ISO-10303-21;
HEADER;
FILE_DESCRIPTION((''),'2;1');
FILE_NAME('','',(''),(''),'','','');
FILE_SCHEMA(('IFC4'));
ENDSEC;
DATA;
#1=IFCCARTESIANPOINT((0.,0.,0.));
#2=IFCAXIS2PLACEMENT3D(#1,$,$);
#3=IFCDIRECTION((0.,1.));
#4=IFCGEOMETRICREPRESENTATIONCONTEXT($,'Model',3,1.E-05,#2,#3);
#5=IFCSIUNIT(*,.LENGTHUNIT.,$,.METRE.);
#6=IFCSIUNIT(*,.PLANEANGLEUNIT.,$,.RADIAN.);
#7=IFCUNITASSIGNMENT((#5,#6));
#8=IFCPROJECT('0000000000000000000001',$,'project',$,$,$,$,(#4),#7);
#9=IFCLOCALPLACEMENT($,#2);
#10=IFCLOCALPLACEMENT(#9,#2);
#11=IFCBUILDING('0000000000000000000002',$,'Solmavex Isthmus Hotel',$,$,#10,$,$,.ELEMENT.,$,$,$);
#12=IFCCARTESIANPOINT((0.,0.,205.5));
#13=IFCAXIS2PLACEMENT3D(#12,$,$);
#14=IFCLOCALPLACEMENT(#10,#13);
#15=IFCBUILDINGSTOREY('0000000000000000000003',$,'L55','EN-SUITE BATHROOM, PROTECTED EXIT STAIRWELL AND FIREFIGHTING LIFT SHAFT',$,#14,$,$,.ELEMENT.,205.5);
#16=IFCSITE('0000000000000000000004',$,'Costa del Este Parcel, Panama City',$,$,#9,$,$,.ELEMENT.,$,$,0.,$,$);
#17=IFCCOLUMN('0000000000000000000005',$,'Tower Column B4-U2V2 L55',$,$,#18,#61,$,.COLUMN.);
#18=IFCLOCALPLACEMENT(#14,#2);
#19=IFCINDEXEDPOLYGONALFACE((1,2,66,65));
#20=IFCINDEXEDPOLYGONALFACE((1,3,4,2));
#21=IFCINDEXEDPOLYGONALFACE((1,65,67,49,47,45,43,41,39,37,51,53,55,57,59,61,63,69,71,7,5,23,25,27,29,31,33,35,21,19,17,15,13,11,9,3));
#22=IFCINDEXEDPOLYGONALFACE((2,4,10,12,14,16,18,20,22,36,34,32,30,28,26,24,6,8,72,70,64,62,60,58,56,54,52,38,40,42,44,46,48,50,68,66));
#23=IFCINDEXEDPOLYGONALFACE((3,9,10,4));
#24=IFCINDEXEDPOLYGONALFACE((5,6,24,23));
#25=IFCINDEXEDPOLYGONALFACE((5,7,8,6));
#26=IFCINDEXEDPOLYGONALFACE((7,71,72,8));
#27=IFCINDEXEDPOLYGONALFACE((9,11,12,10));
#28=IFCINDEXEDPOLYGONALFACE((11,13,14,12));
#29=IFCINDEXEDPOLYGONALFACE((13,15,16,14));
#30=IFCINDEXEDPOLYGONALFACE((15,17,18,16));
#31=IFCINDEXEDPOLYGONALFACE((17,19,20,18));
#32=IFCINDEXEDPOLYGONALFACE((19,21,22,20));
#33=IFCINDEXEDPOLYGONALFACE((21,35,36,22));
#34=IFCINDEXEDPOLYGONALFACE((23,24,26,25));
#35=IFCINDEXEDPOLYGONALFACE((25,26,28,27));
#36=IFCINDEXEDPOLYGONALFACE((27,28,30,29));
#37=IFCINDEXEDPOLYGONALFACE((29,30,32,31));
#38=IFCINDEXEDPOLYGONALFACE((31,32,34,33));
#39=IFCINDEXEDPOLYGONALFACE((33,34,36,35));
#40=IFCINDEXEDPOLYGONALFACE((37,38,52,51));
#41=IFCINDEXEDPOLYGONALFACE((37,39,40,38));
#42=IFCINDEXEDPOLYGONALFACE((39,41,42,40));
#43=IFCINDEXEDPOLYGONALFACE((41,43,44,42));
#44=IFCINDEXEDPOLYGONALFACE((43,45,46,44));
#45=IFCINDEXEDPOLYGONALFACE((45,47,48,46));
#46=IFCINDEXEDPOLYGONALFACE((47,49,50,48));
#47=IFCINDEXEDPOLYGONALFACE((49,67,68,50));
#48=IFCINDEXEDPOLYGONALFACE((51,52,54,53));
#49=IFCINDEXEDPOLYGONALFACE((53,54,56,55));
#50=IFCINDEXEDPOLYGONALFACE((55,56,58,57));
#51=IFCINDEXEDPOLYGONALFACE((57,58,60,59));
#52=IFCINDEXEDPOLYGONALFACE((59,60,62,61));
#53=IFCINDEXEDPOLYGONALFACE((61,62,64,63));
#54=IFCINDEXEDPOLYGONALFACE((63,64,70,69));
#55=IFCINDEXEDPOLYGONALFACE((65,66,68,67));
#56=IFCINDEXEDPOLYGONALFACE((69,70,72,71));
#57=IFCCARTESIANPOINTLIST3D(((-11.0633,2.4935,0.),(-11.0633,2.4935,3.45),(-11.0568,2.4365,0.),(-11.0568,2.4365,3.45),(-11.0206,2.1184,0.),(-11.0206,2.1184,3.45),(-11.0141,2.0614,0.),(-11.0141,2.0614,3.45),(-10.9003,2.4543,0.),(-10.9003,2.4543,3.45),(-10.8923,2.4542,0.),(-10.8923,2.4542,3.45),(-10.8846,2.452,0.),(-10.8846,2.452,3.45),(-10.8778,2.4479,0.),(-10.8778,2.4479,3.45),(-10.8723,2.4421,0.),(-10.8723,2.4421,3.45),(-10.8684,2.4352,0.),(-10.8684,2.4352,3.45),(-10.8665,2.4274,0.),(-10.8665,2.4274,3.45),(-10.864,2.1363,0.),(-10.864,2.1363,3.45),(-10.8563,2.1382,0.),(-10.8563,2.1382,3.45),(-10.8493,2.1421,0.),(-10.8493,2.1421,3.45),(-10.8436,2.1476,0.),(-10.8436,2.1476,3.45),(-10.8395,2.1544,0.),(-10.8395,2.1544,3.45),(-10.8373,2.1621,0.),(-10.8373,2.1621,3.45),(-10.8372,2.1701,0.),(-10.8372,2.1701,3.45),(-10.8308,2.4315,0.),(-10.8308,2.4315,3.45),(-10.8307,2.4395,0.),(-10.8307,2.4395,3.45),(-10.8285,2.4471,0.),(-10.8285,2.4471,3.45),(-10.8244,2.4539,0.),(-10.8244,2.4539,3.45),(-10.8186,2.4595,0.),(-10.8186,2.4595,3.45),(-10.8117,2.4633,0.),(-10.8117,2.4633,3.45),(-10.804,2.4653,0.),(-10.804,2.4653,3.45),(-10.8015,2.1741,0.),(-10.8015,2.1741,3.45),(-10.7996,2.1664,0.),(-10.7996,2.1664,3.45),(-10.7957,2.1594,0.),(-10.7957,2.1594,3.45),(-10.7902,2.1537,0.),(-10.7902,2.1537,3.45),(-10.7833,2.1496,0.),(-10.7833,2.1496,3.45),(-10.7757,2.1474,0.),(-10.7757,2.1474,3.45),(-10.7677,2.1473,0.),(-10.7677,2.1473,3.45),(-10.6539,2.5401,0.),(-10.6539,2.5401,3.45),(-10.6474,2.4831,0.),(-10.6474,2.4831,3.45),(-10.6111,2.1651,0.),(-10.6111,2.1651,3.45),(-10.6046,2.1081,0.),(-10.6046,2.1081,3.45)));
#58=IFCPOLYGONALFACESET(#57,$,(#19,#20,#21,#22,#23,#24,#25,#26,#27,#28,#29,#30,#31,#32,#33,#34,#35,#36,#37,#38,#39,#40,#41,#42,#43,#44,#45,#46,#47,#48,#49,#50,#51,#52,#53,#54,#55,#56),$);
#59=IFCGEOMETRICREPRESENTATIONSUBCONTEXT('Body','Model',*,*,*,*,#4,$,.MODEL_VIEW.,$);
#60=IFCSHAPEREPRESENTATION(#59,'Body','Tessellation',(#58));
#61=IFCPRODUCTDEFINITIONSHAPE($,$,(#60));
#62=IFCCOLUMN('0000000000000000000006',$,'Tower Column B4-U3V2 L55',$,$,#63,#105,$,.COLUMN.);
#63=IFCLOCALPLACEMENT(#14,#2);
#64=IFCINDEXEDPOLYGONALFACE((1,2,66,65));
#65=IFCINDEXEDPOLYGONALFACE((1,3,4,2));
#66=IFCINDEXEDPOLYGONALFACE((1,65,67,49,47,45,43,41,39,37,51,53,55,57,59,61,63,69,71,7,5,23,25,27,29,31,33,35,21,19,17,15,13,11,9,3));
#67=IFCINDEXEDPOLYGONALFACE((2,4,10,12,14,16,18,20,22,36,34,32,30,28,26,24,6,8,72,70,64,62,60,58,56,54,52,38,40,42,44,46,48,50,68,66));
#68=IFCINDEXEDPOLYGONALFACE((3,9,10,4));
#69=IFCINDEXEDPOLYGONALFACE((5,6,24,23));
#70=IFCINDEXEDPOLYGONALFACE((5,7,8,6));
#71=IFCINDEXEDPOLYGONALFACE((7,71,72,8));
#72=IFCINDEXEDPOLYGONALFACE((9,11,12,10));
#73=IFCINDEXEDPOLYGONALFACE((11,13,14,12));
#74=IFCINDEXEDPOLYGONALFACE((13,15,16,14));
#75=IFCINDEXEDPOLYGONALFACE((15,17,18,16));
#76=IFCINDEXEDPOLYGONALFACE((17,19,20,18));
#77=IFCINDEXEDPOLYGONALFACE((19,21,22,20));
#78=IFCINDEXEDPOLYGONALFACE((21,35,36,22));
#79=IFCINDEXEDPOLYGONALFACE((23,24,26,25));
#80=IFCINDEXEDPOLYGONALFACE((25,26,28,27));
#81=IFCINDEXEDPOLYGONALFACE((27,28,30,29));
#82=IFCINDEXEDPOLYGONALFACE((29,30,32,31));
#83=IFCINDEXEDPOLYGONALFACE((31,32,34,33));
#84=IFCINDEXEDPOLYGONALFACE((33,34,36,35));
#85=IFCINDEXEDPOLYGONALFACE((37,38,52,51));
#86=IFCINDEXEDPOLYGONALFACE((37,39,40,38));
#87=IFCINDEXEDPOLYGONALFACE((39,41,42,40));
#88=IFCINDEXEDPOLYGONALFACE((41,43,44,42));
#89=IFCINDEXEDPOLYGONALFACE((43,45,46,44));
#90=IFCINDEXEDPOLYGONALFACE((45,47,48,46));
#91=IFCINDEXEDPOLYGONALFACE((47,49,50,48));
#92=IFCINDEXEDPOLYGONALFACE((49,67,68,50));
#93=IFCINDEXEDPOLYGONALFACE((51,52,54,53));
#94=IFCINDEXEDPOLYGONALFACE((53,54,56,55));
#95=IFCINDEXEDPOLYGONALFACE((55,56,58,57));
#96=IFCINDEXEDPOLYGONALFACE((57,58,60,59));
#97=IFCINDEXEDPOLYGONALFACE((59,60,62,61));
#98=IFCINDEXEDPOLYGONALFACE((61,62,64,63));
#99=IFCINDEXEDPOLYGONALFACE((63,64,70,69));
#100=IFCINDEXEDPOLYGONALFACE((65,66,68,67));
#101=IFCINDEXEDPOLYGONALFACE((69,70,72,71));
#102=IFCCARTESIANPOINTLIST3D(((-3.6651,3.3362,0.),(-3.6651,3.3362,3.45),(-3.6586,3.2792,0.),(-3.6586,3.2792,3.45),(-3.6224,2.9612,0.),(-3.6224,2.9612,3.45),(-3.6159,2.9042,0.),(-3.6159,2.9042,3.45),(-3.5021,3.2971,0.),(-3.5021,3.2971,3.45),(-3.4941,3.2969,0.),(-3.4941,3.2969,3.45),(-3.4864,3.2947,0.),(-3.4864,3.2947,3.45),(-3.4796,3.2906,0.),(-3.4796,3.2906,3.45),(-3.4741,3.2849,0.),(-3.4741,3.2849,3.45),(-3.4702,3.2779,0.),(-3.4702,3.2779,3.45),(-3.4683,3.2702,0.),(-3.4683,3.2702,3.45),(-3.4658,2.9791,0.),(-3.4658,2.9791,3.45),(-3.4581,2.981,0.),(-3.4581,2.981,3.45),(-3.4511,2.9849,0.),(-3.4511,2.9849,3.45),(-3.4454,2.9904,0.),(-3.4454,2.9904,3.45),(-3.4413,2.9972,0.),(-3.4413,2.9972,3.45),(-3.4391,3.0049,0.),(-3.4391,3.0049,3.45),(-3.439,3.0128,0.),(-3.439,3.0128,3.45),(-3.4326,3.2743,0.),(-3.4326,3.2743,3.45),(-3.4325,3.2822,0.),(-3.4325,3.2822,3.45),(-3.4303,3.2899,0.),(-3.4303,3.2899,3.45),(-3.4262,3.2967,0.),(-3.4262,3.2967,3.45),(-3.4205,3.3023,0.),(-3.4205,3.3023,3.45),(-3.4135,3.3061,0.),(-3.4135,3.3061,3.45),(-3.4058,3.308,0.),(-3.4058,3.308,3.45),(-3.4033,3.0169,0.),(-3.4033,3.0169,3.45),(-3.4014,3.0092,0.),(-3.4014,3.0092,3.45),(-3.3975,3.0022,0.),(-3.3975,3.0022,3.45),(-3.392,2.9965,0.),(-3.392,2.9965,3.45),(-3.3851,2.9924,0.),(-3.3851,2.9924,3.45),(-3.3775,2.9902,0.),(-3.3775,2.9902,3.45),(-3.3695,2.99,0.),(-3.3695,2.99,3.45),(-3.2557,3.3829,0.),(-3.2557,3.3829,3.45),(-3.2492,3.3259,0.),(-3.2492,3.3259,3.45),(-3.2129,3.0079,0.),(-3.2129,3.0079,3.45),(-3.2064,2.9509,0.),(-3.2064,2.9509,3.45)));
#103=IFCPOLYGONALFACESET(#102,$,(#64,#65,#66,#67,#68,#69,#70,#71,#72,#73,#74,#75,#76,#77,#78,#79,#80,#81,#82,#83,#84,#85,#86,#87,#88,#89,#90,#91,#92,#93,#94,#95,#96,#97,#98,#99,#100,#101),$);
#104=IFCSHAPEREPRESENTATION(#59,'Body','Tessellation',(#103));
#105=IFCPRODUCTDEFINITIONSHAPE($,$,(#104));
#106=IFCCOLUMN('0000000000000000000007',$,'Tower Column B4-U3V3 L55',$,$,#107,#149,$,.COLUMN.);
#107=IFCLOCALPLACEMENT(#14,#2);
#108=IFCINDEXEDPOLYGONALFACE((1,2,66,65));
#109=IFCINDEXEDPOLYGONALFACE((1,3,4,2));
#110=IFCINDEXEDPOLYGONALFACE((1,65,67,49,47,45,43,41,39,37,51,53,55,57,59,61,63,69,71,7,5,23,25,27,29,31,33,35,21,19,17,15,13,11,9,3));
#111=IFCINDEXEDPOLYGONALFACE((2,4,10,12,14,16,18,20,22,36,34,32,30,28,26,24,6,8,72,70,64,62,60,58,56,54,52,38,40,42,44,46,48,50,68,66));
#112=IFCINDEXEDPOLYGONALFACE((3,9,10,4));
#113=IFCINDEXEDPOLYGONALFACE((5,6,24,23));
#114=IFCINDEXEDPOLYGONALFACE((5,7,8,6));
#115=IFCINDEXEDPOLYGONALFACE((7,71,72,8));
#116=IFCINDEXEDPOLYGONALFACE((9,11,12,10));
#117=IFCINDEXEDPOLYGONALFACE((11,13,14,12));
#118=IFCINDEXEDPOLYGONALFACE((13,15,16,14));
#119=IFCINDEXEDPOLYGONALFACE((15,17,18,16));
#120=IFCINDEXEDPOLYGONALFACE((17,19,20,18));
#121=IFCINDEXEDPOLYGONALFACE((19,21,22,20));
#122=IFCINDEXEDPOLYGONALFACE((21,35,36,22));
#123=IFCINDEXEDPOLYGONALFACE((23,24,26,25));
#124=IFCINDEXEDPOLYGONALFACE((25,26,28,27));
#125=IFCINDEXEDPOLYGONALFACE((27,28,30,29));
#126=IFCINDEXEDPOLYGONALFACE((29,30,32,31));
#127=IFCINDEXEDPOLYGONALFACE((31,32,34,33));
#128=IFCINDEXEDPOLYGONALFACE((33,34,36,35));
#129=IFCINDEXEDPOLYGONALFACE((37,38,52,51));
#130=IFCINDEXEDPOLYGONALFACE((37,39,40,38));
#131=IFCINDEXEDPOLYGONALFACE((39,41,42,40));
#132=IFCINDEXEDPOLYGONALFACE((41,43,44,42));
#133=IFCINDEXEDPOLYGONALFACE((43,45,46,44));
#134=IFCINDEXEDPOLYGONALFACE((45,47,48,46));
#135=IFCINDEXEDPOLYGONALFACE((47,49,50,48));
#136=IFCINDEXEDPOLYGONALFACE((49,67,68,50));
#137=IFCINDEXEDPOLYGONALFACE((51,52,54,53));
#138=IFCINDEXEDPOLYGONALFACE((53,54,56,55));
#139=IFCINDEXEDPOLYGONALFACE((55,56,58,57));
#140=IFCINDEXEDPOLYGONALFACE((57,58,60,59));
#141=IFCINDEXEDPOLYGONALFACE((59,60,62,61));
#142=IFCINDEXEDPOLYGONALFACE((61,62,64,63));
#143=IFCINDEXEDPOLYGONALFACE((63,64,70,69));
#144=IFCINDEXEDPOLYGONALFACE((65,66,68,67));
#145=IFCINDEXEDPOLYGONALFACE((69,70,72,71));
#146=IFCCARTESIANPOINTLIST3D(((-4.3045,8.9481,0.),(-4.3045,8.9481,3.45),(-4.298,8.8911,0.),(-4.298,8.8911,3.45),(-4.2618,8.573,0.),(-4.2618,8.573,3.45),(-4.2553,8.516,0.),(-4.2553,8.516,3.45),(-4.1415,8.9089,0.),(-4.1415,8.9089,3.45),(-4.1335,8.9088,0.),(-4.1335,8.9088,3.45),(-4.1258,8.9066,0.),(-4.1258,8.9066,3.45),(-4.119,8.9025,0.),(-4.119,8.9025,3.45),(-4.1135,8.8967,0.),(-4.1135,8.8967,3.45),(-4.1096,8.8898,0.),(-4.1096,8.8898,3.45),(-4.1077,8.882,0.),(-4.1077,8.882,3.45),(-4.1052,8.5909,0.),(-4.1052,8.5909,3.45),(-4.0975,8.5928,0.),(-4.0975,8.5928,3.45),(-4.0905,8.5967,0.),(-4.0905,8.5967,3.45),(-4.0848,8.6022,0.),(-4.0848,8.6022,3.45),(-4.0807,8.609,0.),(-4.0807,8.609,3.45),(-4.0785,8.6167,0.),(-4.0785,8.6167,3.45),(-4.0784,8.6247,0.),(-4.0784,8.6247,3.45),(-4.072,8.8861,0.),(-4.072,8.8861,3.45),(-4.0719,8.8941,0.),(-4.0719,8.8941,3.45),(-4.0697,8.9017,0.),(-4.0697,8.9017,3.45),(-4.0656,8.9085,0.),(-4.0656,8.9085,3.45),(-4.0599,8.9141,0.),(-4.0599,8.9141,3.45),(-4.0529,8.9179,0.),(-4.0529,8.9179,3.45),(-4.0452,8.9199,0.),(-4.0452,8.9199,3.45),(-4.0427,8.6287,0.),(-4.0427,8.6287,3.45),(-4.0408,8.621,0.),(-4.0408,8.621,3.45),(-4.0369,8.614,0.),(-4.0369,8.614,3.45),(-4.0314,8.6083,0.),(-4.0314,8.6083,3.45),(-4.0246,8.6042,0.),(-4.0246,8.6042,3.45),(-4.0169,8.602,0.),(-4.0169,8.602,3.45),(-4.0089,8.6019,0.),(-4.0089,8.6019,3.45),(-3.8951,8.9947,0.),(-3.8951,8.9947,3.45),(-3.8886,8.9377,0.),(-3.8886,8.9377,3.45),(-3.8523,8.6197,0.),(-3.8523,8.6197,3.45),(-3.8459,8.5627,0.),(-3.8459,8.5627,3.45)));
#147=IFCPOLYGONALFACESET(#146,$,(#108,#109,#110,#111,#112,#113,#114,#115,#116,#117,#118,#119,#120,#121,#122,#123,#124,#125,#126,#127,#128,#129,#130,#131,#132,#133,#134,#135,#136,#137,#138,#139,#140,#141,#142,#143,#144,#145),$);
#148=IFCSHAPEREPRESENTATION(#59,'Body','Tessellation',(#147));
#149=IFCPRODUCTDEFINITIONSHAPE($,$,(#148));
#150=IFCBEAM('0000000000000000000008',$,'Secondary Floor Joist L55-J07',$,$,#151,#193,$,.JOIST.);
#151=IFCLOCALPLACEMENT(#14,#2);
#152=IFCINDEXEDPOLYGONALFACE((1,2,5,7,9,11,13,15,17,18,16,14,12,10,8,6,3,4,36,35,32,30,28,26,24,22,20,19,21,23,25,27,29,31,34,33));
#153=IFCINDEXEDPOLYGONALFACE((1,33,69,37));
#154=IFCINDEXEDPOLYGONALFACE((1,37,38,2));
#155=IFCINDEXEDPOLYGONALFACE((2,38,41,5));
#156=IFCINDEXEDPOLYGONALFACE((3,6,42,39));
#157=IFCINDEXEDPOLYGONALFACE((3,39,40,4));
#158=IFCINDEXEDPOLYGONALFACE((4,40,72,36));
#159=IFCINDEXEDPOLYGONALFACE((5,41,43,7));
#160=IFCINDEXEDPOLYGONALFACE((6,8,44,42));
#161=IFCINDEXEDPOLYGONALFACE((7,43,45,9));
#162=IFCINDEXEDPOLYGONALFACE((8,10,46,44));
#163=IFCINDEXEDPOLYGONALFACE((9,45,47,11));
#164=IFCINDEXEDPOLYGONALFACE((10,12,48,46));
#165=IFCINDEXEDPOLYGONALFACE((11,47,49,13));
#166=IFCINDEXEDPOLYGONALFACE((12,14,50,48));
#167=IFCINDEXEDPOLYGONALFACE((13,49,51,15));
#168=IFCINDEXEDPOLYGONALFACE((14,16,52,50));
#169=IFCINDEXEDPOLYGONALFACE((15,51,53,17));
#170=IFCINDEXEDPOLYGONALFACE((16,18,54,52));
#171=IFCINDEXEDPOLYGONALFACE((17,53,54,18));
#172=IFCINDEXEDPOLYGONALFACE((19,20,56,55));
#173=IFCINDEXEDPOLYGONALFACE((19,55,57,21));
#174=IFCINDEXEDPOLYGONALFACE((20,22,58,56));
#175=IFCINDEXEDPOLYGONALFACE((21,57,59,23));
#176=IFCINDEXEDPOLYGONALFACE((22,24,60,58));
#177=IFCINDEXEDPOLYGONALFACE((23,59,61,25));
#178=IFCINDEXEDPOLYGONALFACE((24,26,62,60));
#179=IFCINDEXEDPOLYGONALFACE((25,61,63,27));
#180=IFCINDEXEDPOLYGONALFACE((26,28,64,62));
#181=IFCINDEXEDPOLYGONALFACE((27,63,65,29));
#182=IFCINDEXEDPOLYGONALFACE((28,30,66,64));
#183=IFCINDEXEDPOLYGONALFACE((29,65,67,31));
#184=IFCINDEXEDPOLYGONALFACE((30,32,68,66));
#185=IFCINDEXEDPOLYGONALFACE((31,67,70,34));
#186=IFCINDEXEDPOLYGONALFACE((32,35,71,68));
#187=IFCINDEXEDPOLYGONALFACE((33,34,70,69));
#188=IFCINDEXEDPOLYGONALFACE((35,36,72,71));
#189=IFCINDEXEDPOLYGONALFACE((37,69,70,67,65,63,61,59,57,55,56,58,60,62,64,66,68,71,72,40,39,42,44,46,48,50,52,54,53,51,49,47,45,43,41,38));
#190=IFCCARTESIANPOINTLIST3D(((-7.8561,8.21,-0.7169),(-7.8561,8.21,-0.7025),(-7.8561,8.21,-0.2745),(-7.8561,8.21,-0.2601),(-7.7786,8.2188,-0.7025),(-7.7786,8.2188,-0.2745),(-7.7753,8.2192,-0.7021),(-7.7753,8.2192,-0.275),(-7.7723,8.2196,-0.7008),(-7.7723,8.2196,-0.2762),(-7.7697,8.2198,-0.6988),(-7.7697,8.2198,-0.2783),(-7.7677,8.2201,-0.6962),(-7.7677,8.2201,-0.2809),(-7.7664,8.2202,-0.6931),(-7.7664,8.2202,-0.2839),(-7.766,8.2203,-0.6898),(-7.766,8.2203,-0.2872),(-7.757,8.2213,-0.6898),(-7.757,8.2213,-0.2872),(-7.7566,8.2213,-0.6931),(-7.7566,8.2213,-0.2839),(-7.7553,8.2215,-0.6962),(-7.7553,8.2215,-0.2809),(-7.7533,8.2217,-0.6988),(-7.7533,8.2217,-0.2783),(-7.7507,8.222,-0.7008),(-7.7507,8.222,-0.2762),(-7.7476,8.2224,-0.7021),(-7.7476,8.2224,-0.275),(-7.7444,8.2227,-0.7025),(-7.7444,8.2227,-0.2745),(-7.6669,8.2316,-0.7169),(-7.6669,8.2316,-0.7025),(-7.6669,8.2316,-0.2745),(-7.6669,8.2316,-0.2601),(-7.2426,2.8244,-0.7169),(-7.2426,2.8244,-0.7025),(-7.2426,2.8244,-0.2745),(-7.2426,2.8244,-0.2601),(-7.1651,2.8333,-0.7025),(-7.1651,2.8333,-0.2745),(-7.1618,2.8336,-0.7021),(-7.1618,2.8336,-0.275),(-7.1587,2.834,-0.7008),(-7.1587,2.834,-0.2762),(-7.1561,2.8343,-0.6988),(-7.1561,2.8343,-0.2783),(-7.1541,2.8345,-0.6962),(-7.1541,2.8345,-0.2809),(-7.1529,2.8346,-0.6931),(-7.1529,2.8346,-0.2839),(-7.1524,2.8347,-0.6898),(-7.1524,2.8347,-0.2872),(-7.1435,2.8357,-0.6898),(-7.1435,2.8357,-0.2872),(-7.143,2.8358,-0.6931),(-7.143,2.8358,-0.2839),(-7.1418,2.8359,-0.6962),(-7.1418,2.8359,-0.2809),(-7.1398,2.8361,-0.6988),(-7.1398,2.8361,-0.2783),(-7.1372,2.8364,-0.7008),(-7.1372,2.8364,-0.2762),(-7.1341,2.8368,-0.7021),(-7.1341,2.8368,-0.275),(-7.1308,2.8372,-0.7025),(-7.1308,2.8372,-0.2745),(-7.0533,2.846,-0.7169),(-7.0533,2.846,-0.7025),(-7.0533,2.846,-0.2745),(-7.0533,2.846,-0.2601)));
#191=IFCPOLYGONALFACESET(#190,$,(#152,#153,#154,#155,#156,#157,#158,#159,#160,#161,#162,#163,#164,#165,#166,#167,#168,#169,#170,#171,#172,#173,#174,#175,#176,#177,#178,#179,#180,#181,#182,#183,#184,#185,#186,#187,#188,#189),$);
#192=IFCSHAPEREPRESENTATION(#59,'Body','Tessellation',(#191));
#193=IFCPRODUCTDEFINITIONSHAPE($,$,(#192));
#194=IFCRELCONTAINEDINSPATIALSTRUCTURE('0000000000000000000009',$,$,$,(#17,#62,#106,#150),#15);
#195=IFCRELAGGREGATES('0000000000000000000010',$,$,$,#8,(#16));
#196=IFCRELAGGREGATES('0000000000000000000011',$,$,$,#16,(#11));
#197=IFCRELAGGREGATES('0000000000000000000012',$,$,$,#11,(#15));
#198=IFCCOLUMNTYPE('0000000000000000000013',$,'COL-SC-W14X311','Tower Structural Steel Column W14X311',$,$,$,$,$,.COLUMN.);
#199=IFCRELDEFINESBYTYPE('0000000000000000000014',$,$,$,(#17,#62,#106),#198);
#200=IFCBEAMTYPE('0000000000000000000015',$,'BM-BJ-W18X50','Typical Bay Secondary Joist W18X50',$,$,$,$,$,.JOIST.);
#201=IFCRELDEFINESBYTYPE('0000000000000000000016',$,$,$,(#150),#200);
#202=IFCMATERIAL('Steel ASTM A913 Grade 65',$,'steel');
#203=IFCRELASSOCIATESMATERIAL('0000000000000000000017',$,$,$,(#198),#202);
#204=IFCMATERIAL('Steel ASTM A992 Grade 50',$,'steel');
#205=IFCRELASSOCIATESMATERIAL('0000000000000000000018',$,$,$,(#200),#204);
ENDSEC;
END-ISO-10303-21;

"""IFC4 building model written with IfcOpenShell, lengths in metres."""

from ifc_helpers import new_model, si_unit, direction, frame, origin, origin_2d, place, context, subcontext, project, spatial, i_section, extrude, material, material_profile, profile_set, type_object, element, save


model = new_model("IFC4")

# Units and contexts
model_context = context("Model", 3, precision=1e-05, world=origin(), true_north=direction((0.0, 1.0)))
body_context = subcontext(model_context, "Body", "Model", "MODEL_VIEW")
ifc_project = project(units=[si_unit("LENGTHUNIT", "METRE"), si_unit("PLANEANGLEUNIT", "RADIAN")], contexts=[model_context])

# Site, building, storey
site_placement = place(None, origin())
site = spatial("IfcSite", under=ifc_project, at=site_placement, Name="Costa del Este Parcel, Panama City", CompositionType="ELEMENT", RefElevation=0.0)
building_placement = place(site_placement, origin())
building = spatial("IfcBuilding", under=site, at=building_placement, Name="Solmavex Isthmus Hotel", CompositionType="ELEMENT")
storey_placement = place(building_placement, frame((0.0, 0.0, 205.5)))
storey = spatial("IfcBuildingStorey", under=building, at=storey_placement, Name="L55", Description="EN-SUITE BATHROOM, PROTECTED EXIT STAIRWELL AND FIREFIGHTING LIFT SHAFT", CompositionType="ELEMENT", Elevation=205.5)

# Columns
ifc_material_1 = material(Name="Steel ASTM A913 Grade 65", Category="steel")
ifc_material_profile_1 = material_profile(ifc_material_1, i_section(OverallWidth=0.4121, OverallDepth=0.4348, WebThickness=0.0359, FlangeThickness=0.0574, FilletRadius=0.0305, at=origin_2d()), Name="W14X311")
ifc_profile_set_1 = profile_set([ifc_material_profile_1], Name="Steel ASTM A913 Grade 65")
column_type = type_object("IfcColumnType", Name="COL-SC-W14X311", Description="Tower Structural Steel Column W14X311", PredefinedType="COLUMN", material=ifc_profile_set_1)
for number, where, z_axis, x_axis, name in (
    (1, (-10.834, 2.3008, 0.0), (0.0, 0.0, 1.0), (0.993572, 0.113203, 0.0), "Tower Column B4-U2V2 L55"),
    (2, (-3.4358, 3.1436, 0.0), (0.0, 0.0, 1.0), (0.993572, 0.113203, 0.0), "Tower Column B4-U3V2 L55"),
    (3, (-4.0752, 8.7554, 0.0), (0.0, 0.0, 1.0), (0.993572, 0.113203, 0.0), "Tower Column B4-U3V3 L55"),
):
    element("IfcColumn", number, at=place(storey_placement, frame(where, z_axis=z_axis, x_axis=x_axis)), inside=storey, type_object=column_type, Name=name, PredefinedType="COLUMN", context=body_context, shape_type="SweptSolid", body=[
        extrude(i_section(OverallWidth=0.4121, OverallDepth=0.4348, WebThickness=0.0359, FlangeThickness=0.0574, FilletRadius=0.0305, at=origin_2d()), origin(), (0.0, 0.0, 1.0), 3.45),
    ])

# Beam
ifc_material_2 = material(Name="Steel ASTM A992 Grade 50", Category="steel")
ifc_material_profile_2 = material_profile(ifc_material_2, i_section(OverallWidth=0.1904, OverallDepth=0.4568, WebThickness=0.009, FlangeThickness=0.0144, FilletRadius=0.0127, at=origin_2d()), Name="W18X50")
ifc_profile_set_2 = profile_set([ifc_material_profile_2], Name="Steel ASTM A992 Grade 50")
beam_type_1 = type_object("IfcBeamType", Name="BM-BJ-W18X50", Description="Typical Bay Secondary Joist W18X50", PredefinedType="JOIST", material=ifc_profile_set_2)
beam_1_placement = place(storey_placement, frame((-7.1479, 2.8352, -0.4885), z_axis=(-0.11319, 0.993573, 0.0), x_axis=(-0.993573, -0.11319, 0.0)))
element("IfcBeam", 4, at=beam_1_placement, inside=storey, type_object=beam_type_1, Name="Secondary Floor Joist L55-J07", PredefinedType="JOIST", context=body_context, shape_type="SweptSolid", body=[
    extrude(i_section(OverallWidth=0.1904, OverallDepth=0.4568, WebThickness=0.009, FlangeThickness=0.0144, FilletRadius=0.0127, at=origin_2d()), origin(), (0.0, 0.0, 1.0), 5.4204),
])

save(model, "model.ifc")
